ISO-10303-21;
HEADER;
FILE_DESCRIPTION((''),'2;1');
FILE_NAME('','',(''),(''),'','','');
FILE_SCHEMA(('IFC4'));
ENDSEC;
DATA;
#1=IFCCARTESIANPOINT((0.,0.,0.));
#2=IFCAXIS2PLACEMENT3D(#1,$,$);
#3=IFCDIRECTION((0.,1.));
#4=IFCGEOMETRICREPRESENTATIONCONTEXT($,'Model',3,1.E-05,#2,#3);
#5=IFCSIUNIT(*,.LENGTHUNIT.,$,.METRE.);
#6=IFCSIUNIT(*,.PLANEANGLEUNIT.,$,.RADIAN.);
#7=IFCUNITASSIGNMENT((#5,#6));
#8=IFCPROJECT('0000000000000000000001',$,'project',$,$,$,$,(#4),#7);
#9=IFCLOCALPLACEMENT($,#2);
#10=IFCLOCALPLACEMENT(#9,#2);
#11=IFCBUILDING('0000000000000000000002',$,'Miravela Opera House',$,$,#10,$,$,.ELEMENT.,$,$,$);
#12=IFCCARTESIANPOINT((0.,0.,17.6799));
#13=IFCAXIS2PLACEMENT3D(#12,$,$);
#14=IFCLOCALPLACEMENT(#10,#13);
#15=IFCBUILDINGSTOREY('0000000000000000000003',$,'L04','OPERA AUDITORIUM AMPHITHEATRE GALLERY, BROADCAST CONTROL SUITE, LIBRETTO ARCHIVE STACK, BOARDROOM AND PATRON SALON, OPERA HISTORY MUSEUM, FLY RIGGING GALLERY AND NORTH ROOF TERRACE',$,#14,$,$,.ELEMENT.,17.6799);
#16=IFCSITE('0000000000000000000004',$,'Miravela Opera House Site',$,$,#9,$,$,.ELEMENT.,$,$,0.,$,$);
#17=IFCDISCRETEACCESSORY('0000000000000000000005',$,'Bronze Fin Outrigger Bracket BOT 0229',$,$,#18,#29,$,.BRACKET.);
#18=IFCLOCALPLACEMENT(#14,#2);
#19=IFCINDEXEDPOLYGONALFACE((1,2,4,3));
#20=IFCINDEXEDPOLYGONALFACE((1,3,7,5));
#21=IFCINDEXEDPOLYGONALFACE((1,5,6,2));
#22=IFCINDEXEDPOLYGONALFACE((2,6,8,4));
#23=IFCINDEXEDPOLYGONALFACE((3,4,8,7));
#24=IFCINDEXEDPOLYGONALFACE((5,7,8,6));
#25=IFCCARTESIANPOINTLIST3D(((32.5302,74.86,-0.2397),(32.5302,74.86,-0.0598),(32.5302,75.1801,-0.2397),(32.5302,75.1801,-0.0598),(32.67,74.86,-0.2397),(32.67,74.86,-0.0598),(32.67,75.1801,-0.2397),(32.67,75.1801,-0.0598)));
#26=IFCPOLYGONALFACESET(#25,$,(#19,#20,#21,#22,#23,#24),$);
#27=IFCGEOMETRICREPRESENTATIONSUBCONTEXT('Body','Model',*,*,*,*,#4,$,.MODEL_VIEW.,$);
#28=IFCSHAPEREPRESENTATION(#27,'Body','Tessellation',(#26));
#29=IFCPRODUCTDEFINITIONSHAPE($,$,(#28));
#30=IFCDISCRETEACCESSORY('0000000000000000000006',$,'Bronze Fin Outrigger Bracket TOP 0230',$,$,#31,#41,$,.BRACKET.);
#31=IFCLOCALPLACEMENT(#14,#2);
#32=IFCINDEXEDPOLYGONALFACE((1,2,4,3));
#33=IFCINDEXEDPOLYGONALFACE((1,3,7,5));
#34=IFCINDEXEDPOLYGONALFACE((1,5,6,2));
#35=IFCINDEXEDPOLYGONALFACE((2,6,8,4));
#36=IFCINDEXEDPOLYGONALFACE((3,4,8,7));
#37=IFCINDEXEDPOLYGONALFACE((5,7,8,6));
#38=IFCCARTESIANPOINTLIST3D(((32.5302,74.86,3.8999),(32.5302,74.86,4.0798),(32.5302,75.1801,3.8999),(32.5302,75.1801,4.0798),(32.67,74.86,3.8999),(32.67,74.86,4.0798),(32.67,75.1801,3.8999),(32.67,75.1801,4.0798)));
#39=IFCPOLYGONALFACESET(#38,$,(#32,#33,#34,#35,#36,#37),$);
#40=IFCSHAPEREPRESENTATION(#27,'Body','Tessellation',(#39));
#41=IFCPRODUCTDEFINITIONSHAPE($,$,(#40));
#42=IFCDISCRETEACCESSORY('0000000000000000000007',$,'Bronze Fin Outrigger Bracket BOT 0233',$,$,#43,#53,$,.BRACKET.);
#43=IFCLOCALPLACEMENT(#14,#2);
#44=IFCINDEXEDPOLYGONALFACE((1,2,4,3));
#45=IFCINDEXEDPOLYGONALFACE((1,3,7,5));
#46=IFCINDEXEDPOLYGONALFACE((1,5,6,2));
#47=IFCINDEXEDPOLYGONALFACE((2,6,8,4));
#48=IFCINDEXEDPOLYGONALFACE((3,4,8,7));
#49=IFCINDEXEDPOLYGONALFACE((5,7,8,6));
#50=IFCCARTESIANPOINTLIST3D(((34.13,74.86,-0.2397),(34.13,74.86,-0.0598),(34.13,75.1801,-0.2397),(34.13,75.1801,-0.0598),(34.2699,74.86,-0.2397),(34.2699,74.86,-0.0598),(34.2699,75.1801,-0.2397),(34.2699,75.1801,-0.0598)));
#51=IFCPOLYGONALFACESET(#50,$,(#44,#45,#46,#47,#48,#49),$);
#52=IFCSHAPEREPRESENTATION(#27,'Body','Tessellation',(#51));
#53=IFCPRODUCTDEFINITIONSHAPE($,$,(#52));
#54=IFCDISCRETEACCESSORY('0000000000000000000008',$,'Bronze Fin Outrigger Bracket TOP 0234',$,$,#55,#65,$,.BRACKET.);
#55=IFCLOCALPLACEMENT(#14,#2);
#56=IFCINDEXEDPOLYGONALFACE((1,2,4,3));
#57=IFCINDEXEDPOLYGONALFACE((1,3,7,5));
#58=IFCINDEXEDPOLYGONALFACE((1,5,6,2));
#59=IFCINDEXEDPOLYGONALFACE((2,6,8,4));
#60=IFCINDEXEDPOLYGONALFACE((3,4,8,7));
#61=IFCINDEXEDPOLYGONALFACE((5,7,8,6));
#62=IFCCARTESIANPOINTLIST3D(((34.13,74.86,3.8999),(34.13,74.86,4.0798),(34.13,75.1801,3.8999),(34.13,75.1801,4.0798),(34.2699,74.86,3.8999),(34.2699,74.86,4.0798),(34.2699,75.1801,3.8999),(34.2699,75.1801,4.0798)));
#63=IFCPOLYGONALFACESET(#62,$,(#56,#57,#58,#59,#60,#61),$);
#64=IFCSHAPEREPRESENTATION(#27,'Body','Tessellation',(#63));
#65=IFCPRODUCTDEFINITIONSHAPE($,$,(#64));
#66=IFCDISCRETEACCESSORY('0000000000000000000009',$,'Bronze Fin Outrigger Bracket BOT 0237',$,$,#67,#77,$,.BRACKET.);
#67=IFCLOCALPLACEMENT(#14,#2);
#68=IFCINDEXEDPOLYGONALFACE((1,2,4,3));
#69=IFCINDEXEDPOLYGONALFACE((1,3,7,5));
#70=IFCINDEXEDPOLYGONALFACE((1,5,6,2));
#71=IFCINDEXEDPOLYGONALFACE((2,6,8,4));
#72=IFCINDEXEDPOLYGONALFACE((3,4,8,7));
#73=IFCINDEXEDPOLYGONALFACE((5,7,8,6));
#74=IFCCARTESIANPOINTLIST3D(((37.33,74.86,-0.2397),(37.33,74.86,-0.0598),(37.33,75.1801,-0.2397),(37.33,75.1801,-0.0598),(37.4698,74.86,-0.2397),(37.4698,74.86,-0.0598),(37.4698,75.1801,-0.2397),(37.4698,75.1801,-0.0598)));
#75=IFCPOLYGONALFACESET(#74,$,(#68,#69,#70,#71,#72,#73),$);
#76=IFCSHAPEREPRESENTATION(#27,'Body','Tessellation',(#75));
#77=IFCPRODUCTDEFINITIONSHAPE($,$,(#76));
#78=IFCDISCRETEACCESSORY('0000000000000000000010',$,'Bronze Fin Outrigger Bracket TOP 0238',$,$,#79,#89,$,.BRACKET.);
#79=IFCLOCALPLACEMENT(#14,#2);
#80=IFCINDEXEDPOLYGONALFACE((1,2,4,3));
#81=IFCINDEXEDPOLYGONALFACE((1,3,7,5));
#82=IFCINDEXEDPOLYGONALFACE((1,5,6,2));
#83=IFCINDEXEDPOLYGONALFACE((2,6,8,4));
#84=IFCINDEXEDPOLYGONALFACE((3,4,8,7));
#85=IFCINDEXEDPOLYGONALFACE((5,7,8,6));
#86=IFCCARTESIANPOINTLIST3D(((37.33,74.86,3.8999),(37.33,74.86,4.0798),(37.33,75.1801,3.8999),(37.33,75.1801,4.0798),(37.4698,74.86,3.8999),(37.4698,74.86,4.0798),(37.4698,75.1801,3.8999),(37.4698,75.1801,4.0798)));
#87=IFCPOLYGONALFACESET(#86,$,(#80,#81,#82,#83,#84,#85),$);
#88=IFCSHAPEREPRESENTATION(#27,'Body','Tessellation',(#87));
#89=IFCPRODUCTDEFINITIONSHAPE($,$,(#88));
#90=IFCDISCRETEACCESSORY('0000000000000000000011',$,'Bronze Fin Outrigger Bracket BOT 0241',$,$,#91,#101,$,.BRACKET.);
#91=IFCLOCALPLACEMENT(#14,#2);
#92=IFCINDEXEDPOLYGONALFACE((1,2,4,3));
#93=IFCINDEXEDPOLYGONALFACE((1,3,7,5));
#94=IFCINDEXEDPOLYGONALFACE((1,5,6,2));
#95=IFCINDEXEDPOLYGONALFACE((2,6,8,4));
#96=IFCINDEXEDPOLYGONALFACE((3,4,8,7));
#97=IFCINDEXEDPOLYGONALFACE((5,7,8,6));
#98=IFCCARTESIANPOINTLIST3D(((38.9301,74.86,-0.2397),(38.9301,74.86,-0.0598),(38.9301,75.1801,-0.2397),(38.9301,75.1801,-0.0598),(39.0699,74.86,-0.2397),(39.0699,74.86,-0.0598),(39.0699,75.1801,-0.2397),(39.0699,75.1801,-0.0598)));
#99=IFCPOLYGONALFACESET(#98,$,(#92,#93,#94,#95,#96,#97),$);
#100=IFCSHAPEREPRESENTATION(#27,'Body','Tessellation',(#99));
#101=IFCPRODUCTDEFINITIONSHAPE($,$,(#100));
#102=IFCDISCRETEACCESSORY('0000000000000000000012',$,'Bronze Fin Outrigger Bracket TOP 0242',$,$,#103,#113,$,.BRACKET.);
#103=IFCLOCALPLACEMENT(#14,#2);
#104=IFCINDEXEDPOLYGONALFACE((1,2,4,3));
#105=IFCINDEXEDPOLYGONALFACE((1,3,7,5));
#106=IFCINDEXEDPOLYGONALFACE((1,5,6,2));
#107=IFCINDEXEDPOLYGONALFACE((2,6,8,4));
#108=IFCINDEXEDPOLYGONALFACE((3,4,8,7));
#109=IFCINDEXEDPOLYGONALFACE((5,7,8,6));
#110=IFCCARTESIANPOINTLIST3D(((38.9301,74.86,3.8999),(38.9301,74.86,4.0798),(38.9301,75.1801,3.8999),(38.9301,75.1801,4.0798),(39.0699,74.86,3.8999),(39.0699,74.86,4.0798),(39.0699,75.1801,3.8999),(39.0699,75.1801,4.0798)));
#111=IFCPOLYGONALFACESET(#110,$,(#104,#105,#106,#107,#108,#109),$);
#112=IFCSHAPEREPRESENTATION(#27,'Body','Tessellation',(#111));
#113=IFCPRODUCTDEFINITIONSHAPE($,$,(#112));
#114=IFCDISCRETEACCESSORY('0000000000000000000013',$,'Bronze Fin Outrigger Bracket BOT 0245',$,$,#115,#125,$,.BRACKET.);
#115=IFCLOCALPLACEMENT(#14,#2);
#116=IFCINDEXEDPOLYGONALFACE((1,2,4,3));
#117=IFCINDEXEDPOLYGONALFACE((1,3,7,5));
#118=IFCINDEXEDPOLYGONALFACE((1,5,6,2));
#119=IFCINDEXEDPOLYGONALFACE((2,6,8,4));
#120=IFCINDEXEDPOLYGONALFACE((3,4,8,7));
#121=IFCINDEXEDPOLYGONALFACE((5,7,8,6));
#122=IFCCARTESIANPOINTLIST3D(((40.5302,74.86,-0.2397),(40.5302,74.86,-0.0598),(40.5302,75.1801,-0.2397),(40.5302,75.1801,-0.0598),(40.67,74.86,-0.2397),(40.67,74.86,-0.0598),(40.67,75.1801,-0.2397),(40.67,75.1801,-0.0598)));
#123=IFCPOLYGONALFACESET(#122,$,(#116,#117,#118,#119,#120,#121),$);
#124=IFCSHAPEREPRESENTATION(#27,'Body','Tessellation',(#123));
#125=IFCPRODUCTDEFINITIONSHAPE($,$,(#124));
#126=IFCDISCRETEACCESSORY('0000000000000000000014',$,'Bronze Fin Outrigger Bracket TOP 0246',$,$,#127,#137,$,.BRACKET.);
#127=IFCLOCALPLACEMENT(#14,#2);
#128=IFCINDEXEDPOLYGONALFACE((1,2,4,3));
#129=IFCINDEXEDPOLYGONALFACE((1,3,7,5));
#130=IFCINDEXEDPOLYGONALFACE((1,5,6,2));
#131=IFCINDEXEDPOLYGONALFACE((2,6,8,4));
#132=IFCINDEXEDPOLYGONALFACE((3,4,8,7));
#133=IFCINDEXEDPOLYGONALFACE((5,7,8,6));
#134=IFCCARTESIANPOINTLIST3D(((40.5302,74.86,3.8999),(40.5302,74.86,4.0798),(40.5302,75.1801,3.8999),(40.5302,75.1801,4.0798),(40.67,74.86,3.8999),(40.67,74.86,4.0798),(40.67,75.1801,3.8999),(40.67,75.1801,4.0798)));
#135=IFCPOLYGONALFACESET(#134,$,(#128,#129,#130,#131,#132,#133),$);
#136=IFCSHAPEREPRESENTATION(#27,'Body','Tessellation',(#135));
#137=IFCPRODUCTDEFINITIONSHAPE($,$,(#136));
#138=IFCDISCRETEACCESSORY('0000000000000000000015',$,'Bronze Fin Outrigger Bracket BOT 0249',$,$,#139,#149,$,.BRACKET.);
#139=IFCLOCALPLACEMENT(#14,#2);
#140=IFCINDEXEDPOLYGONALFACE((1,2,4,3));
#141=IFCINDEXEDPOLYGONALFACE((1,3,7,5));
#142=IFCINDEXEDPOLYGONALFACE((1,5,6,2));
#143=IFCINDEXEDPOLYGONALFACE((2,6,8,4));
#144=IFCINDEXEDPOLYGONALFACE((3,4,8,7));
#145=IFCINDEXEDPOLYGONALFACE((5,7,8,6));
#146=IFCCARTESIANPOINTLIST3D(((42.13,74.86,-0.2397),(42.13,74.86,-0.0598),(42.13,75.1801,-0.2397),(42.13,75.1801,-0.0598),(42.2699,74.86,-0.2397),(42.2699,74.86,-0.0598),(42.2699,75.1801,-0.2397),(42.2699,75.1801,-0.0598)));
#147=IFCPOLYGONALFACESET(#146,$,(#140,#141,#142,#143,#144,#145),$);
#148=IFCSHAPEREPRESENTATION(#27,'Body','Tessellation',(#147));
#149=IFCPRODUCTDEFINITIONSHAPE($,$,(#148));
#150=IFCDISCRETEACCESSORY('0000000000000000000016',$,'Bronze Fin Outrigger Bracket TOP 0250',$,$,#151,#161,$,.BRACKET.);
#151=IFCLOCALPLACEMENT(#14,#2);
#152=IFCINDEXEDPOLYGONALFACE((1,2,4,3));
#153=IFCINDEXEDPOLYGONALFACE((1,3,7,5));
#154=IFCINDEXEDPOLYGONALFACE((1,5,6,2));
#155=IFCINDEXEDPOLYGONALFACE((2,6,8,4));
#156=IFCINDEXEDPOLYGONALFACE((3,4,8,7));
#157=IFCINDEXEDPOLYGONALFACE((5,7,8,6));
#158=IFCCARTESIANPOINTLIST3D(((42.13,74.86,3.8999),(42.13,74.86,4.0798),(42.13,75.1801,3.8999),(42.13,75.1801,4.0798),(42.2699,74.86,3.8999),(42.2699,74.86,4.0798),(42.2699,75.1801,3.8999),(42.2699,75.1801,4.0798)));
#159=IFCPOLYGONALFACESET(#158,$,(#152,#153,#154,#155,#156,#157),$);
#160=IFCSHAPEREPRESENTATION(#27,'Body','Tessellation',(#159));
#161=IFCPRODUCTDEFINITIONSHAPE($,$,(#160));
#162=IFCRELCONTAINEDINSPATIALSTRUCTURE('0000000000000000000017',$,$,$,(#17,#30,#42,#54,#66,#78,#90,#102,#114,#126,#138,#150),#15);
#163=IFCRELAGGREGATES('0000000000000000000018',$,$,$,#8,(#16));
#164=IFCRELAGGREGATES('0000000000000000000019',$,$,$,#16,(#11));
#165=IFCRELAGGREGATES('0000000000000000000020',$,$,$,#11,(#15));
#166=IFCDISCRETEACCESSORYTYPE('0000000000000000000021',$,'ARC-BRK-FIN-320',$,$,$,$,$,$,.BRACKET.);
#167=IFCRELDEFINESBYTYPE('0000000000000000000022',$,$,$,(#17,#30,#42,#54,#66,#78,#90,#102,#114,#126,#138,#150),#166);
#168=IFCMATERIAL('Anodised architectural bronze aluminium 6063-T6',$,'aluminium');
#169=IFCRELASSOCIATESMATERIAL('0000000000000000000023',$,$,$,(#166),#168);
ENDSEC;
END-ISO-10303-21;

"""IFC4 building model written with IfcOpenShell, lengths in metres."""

from ifc_helpers import new_model, si_unit, direction, frame, origin, origin_2d, place, context, subcontext, project, spatial, rectangle, extrude, material, type_object, element, save


model = new_model("IFC4")

# Units and contexts
model_context = context("Model", 3, precision=1e-05, world=origin(), true_north=direction((0.0, 1.0)))
body_context = subcontext(model_context, "Body", "Model", "MODEL_VIEW")
ifc_project = project(units=[si_unit("LENGTHUNIT", "METRE"), si_unit("PLANEANGLEUNIT", "RADIAN")], contexts=[model_context])

# Site, building, storey
site_placement = place(None, origin())
site = spatial("IfcSite", under=ifc_project, at=site_placement, Name="Miravela Opera House Site", CompositionType="ELEMENT", RefElevation=0.0)
building_placement = place(site_placement, origin())
building = spatial("IfcBuilding", under=site, at=building_placement, Name="Miravela Opera House", CompositionType="ELEMENT")
storey_placement = place(building_placement, frame((0.0, 0.0, 17.6799)))
storey = spatial("IfcBuildingStorey", under=building, at=storey_placement, Name="L04", Description="OPERA AUDITORIUM AMPHITHEATRE GALLERY, BROADCAST CONTROL SUITE, LIBRETTO ARCHIVE STACK, BOARDROOM AND PATRON SALON, OPERA HISTORY MUSEUM, FLY RIGGING GALLERY AND NORTH ROOF TERRACE", CompositionType="ELEMENT", Elevation=17.6799)

# Shared definitions
ifc_material_1 = material(Name="Anodised architectural bronze aluminium 6063-T6", Category="aluminium")

# Discrete accessories
discrete_accessory_type = type_object("IfcDiscreteAccessoryType", Name="ARC-BRK-FIN-320", PredefinedType="BRACKET", material=ifc_material_1)
for number, where, z_axis, x_axis, name in (
    (1, (32.6001, 75.02, -0.2397), (0.0, 0.0, 1.0), (0.0, 1.0, 0.0), "Bronze Fin Outrigger Bracket BOT 0229"),
    (2, (32.6001, 75.02, 3.8999), (0.0, 0.0, 1.0), (0.0, 1.0, 0.0), "Bronze Fin Outrigger Bracket TOP 0230"),
    (3, (34.2, 75.02, -0.2397), (0.0, 0.0, 1.0), (0.0, 1.0, 0.0), "Bronze Fin Outrigger Bracket BOT 0233"),
    (4, (34.2, 75.02, 3.8999), (0.0, 0.0, 1.0), (0.0, 1.0, 0.0), "Bronze Fin Outrigger Bracket TOP 0234"),
    (5, (37.3999, 75.02, -0.2397), (0.0, 0.0, 1.0), (0.0, 1.0, 0.0), "Bronze Fin Outrigger Bracket BOT 0237"),
    (6, (37.3999, 75.02, 3.8999), (0.0, 0.0, 1.0), (0.0, 1.0, 0.0), "Bronze Fin Outrigger Bracket TOP 0238"),
    (7, (39.0, 75.02, -0.2397), (0.0, 0.0, 1.0), (0.0, 1.0, 0.0), "Bronze Fin Outrigger Bracket BOT 0241"),
    (8, (39.0, 75.02, 3.8999), (0.0, 0.0, 1.0), (0.0, 1.0, 0.0), "Bronze Fin Outrigger Bracket TOP 0242"),
    (9, (40.6001, 75.02, -0.2397), (0.0, 0.0, 1.0), (0.0, 1.0, 0.0), "Bronze Fin Outrigger Bracket BOT 0245"),
    (10, (40.6001, 75.02, 3.8999), (0.0, 0.0, 1.0), (0.0, 1.0, 0.0), "Bronze Fin Outrigger Bracket TOP 0246"),
    (11, (42.2, 75.02, -0.2397), (0.0, 0.0, 1.0), (0.0, 1.0, 0.0), "Bronze Fin Outrigger Bracket BOT 0249"),
    (12, (42.2, 75.02, 3.8999), (0.0, 0.0, 1.0), (0.0, 1.0, 0.0), "Bronze Fin Outrigger Bracket TOP 0250"),
):
    element("IfcDiscreteAccessory", number, at=place(storey_placement, frame(where, z_axis=z_axis, x_axis=x_axis)), inside=storey, type_object=discrete_accessory_type, Name=name, PredefinedType="BRACKET", context=body_context, shape_type="SweptSolid", body=[
        extrude(rectangle(XDim=0.3201, YDim=0.1399, at=origin_2d()), origin(), (0.0, 0.0, 1.0), 0.1799),
    ])

save(model, "model.ifc")
